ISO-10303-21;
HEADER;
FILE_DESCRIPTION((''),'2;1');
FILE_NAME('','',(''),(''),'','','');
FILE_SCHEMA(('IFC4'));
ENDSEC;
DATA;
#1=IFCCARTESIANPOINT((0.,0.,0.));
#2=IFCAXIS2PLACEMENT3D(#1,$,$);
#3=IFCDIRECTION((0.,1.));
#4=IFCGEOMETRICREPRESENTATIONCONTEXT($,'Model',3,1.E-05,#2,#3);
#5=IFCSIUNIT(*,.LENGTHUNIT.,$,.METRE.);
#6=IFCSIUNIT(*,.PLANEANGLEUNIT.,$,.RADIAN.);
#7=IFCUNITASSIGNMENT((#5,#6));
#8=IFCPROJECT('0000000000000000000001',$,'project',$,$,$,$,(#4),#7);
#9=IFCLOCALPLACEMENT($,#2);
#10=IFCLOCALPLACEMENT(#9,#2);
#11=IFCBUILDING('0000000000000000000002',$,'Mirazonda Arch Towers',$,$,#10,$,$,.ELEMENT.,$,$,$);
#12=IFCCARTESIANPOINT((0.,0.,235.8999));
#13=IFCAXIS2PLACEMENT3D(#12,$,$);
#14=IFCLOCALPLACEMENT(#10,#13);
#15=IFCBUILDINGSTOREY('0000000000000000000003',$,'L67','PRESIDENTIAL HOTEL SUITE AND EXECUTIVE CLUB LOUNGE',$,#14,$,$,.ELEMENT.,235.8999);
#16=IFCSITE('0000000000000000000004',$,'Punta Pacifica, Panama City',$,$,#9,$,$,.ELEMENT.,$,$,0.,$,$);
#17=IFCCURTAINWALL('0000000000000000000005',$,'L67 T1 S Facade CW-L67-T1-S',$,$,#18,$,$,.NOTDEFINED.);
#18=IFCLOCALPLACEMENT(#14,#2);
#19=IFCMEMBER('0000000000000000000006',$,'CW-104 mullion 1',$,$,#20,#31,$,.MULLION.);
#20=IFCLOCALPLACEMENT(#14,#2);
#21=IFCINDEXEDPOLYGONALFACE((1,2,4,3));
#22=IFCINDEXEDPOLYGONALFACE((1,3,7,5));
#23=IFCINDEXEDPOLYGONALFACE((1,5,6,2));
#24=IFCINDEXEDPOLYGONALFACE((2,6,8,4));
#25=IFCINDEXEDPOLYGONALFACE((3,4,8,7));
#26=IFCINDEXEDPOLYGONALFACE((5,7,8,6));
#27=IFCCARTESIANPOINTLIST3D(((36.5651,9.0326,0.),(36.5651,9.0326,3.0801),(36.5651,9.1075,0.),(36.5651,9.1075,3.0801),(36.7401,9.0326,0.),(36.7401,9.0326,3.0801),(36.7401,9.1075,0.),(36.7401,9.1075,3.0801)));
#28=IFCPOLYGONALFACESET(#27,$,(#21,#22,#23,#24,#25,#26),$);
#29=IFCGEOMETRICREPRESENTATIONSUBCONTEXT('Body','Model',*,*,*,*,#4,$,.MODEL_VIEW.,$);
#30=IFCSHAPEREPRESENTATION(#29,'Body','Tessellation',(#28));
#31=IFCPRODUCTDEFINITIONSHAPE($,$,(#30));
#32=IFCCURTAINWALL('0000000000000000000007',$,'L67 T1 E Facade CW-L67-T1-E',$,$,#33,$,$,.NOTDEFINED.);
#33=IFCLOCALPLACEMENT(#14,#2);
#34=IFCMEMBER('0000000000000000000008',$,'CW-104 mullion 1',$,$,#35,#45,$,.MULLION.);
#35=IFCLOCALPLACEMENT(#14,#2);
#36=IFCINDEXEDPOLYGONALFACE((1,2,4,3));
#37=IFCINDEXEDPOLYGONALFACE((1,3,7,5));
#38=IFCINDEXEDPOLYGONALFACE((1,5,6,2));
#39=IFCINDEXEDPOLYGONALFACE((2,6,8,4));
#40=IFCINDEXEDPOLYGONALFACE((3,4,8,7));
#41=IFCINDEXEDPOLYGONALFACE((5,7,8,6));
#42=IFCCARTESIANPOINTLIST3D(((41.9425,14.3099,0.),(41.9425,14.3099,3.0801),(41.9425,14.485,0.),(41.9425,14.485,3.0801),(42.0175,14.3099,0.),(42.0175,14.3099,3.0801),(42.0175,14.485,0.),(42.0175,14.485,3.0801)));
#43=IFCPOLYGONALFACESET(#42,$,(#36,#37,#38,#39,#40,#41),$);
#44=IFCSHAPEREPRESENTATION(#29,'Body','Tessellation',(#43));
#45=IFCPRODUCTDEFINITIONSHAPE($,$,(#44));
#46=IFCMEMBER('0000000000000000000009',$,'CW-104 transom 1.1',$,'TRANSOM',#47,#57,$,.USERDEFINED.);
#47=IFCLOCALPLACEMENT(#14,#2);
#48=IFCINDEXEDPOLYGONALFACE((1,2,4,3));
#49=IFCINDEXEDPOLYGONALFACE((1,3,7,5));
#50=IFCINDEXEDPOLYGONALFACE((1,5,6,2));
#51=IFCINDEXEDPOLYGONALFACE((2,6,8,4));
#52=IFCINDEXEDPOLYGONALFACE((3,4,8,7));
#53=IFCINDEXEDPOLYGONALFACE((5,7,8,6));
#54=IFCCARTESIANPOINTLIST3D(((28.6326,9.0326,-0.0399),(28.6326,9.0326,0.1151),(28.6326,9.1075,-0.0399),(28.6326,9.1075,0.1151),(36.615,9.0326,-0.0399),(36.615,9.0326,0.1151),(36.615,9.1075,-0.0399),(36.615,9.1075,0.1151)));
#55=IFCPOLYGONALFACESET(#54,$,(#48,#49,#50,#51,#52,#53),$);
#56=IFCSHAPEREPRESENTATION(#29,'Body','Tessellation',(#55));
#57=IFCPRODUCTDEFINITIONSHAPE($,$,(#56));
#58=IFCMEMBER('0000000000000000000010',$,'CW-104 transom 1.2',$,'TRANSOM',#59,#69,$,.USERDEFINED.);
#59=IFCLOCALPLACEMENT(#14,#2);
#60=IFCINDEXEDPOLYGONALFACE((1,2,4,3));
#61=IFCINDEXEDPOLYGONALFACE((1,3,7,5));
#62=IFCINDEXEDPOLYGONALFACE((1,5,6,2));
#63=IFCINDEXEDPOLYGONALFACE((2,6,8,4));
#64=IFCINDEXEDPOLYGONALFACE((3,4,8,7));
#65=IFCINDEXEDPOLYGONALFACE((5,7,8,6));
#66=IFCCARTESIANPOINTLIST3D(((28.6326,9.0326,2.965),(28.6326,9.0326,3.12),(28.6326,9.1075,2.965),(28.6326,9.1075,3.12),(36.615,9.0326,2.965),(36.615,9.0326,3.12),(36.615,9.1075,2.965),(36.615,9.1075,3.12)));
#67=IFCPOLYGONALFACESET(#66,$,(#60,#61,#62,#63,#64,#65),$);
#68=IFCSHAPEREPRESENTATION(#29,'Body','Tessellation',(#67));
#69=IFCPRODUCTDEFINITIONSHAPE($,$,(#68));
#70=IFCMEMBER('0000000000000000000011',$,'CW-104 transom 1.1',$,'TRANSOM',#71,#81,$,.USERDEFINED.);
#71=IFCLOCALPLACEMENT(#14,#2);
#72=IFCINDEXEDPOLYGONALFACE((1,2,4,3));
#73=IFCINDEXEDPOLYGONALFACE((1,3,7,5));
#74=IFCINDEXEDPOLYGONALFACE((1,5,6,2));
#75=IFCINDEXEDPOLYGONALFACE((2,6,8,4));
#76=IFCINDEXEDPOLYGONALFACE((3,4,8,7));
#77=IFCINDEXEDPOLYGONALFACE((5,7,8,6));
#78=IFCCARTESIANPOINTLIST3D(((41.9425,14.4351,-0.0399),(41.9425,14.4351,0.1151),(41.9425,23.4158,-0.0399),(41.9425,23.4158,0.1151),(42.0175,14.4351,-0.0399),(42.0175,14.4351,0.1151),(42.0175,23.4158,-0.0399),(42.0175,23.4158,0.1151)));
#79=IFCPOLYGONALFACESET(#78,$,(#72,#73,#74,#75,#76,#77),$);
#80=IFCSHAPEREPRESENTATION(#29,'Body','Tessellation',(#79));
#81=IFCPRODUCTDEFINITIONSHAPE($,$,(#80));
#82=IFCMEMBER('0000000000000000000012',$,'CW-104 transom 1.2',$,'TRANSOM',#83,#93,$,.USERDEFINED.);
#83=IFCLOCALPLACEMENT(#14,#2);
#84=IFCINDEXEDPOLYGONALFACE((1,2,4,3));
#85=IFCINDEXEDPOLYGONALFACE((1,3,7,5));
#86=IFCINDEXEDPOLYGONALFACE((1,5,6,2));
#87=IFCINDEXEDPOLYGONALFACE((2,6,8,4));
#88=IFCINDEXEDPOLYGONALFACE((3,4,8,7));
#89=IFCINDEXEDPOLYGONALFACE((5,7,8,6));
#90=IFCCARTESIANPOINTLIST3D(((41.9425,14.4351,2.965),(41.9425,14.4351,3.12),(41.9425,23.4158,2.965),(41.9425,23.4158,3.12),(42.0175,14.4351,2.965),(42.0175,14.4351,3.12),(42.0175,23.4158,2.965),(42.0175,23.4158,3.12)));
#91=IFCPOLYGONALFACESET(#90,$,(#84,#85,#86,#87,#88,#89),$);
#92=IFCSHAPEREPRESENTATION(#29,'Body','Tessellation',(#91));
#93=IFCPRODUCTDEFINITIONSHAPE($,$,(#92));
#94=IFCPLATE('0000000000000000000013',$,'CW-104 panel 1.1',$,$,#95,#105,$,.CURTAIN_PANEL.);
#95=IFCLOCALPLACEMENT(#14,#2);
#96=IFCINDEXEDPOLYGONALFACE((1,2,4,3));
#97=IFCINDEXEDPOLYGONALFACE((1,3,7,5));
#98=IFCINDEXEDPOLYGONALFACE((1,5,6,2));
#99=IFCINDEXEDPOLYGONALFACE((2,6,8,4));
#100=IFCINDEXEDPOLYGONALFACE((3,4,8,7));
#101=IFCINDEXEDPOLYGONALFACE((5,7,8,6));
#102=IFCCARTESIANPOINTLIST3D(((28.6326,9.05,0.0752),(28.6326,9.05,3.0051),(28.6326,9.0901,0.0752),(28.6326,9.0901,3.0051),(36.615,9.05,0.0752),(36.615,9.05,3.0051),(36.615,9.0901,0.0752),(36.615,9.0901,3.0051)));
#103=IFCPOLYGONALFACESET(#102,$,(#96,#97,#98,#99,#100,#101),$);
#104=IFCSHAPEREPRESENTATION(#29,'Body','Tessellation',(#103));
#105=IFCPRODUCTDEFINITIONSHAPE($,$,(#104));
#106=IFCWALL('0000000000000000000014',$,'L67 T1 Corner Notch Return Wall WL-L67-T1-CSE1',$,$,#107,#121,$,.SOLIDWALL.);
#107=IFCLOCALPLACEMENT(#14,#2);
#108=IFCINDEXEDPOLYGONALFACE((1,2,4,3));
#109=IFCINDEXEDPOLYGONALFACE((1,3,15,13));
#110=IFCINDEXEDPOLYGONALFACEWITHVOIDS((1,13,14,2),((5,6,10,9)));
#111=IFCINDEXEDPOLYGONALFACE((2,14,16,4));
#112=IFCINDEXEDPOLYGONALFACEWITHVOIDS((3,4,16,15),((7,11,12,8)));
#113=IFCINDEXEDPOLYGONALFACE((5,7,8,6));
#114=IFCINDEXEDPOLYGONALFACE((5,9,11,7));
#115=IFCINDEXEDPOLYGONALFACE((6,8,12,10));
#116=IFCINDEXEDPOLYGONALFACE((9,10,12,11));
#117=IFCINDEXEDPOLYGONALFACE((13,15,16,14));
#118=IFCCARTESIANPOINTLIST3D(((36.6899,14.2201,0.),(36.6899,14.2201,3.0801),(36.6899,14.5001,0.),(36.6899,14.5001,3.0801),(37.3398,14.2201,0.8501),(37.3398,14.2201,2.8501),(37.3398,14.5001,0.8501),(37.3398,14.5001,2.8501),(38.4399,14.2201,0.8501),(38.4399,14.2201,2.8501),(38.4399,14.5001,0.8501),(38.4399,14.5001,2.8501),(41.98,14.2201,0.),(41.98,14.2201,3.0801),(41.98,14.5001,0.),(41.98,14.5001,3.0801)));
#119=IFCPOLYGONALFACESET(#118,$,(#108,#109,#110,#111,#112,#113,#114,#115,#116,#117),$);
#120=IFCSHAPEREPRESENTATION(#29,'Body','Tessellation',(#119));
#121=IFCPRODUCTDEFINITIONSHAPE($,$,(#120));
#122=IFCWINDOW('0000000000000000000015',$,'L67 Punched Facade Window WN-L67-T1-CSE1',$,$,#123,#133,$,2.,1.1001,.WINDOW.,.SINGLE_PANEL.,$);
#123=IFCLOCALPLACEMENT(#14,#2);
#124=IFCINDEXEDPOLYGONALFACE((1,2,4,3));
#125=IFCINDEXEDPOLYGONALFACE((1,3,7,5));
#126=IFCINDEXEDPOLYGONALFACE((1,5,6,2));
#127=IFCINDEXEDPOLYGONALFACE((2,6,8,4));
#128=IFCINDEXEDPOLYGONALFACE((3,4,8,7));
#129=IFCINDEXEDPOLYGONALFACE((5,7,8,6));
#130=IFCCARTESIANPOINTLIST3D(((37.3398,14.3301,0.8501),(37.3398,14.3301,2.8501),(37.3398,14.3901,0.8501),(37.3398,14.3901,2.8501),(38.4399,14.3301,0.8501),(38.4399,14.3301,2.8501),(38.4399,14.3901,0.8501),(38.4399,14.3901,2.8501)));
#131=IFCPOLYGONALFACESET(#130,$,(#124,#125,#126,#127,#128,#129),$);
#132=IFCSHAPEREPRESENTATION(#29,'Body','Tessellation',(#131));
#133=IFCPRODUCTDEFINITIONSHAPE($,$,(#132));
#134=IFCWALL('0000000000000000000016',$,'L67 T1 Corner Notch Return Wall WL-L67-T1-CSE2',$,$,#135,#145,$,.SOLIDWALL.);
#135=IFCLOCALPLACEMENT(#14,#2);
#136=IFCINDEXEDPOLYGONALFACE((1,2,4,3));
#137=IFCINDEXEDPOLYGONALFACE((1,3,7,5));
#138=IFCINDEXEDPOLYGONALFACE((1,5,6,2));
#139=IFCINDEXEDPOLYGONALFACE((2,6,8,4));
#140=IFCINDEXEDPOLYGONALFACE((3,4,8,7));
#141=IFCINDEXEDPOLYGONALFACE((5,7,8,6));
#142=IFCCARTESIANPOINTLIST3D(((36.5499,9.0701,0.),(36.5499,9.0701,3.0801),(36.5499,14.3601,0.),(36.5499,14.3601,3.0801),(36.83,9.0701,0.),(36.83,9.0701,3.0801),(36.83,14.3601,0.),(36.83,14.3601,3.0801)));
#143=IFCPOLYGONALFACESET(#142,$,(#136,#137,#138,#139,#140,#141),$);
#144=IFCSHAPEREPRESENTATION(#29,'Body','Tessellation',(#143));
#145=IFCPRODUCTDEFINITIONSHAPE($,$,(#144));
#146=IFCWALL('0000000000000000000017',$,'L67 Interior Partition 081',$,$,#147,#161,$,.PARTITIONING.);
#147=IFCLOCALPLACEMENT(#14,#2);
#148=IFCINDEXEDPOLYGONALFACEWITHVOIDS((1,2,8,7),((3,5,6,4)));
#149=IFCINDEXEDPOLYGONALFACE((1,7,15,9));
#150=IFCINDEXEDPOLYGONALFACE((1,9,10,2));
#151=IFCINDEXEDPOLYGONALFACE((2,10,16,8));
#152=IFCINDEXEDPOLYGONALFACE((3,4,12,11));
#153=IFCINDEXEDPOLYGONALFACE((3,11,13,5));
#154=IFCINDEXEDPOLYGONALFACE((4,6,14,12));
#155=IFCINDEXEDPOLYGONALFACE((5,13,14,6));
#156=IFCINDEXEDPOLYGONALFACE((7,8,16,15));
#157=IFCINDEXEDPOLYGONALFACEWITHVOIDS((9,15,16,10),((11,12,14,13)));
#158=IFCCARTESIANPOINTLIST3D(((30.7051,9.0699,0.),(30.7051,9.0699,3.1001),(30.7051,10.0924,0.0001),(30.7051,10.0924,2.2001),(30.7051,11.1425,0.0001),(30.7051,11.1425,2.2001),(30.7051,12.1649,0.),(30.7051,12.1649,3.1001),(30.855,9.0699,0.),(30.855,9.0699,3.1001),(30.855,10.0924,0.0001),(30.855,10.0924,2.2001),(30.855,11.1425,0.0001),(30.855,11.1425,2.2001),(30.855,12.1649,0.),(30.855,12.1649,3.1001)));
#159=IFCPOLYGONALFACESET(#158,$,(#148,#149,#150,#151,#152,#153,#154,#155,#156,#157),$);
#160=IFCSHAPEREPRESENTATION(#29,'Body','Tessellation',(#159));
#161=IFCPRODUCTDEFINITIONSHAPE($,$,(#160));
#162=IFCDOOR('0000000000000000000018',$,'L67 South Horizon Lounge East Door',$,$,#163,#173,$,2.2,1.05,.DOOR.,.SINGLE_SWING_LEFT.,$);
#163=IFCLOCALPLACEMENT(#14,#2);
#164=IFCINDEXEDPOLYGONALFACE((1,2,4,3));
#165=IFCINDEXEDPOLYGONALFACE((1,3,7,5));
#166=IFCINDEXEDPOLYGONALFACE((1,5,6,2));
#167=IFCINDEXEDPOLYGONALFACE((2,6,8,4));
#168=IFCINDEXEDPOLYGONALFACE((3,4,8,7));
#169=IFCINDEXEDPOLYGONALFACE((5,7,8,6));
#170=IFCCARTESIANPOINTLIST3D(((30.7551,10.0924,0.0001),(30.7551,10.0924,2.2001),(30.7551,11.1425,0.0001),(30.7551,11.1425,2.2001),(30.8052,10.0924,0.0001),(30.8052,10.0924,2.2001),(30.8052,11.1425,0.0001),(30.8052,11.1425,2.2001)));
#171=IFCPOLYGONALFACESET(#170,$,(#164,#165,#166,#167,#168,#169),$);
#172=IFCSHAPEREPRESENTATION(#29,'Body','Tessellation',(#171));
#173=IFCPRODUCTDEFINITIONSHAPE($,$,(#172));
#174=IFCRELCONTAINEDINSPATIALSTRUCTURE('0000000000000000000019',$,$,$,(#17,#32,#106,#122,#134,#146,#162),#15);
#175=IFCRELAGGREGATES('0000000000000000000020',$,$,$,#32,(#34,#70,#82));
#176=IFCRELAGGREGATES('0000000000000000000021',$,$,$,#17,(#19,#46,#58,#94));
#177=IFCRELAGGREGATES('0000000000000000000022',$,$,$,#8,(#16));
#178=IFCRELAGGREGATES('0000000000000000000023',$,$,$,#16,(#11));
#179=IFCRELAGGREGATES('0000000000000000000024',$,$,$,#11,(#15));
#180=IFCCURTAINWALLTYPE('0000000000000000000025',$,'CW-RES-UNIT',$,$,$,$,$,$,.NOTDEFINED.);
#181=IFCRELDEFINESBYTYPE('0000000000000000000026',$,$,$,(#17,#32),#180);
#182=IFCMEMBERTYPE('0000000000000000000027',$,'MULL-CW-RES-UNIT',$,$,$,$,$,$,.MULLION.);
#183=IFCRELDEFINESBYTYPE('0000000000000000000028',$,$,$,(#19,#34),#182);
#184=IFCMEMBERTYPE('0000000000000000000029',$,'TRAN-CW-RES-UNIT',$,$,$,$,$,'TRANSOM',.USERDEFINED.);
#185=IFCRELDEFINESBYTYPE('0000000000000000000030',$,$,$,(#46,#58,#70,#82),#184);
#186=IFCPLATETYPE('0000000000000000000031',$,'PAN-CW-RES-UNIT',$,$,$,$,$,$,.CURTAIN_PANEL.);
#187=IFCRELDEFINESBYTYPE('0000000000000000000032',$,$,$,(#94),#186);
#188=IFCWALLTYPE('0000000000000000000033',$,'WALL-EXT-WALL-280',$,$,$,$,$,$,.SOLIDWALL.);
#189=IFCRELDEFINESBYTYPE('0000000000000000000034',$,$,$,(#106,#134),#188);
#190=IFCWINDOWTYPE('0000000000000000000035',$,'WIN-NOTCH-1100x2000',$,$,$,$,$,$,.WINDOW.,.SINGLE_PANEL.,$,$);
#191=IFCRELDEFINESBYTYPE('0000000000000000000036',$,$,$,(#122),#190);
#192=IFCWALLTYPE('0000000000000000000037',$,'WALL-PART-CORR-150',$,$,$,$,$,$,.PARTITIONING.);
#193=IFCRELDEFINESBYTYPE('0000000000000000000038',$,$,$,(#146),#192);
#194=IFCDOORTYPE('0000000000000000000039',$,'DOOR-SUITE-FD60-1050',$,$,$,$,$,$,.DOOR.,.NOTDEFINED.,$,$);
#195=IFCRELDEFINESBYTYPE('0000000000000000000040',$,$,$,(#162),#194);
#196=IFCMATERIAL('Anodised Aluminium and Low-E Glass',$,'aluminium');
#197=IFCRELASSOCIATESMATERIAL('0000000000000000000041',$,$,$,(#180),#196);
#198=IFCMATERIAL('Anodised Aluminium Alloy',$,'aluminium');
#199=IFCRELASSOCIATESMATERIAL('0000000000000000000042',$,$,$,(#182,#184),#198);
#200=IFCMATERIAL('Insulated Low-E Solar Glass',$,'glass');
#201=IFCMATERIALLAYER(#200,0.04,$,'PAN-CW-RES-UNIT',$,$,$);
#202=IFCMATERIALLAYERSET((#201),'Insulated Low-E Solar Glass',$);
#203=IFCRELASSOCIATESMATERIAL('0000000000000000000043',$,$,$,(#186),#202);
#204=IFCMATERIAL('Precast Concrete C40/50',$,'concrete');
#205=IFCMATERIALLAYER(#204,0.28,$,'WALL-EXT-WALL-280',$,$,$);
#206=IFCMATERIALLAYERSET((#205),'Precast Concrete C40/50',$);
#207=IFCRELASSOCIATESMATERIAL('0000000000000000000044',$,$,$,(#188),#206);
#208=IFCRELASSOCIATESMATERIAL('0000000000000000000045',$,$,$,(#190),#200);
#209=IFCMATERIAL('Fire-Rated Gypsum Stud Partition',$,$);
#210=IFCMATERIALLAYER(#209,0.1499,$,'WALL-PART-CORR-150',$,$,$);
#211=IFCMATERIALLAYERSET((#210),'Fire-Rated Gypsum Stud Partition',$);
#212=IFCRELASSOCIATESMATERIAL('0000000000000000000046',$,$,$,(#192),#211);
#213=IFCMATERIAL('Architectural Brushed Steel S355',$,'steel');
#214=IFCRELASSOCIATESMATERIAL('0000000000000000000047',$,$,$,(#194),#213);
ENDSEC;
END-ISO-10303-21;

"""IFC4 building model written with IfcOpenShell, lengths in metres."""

from ifc_helpers import new_model, si_unit, direction, frame, frame_2d, origin, origin_2d, place, context, subcontext, project, spatial, rectangle, extrude, material, layer, layer_set, material_profile, profile_set, type_object, element, fill, aggregate, save


model = new_model("IFC4")

# Units and contexts
model_context = context("Model", 3, precision=1e-05, world=origin(), true_north=direction((0.0, 1.0)))
body_context = subcontext(model_context, "Body", "Model", "MODEL_VIEW")
ifc_project = project(units=[si_unit("LENGTHUNIT", "METRE"), si_unit("PLANEANGLEUNIT", "RADIAN")], contexts=[model_context])

# Site, building, storey
site_placement = place(None, origin())
site = spatial("IfcSite", under=ifc_project, at=site_placement, Name="Punta Pacifica, Panama City", CompositionType="ELEMENT", RefElevation=0.0)
building_placement = place(site_placement, origin())
building = spatial("IfcBuilding", under=site, at=building_placement, Name="Mirazonda Arch Towers", CompositionType="ELEMENT")
storey_placement = place(building_placement, frame((0.0, 0.0, 235.8999)))
storey = spatial("IfcBuildingStorey", under=building, at=storey_placement, Name="L67", Description="PRESIDENTIAL HOTEL SUITE AND EXECUTIVE CLUB LOUNGE", CompositionType="ELEMENT", Elevation=235.8999)

# Curtain walls, members
ifc_material_1 = material(Name="Anodised Aluminium and Low-E Glass", Category="aluminium")
curtain_wall_type = type_object("IfcCurtainWallType", Name="CW-RES-UNIT", PredefinedType="NOTDEFINED", material=ifc_material_1)
curtain_wall_1_placement = place(storey_placement, origin())
curtain_wall_1 = element("IfcCurtainWall", 1, at=curtain_wall_1_placement, inside=storey, type_object=curtain_wall_type, Name="L67 T1 S Facade CW-L67-T1-S", PredefinedType="NOTDEFINED")
ifc_material_2 = material(Name="Anodised Aluminium Alloy", Category="aluminium")
ifc_material_profile_1 = material_profile(ifc_material_2, rectangle(XDim=0.075, YDim=0.175, at=origin_2d()), Name="ALU-MULL-75x175")
ifc_profile_set_1 = profile_set([ifc_material_profile_1], Name="Anodised Aluminium Alloy")
member_type_1 = type_object("IfcMemberType", Name="MULL-CW-RES-UNIT", PredefinedType="MULLION", material=ifc_profile_set_1)
member_1_placement = place(storey_placement, frame((36.6526, 9.0701, 0.0), z_axis=(0.0, 0.0, 1.0), x_axis=(0.0, -1.0, 0.0)))
member_1 = element("IfcMember", 2, at=member_1_placement, type_object=member_type_1, Name="CW-104 mullion 1", PredefinedType="MULLION", context=body_context, shape_type="SweptSolid", body=[
    extrude(rectangle(XDim=0.075, YDim=0.175, at=origin_2d()), origin(), (0.0, 0.0, 1.0), 3.0801),
])
curtain_wall_2_placement = place(storey_placement, origin())
curtain_wall_2 = element("IfcCurtainWall", 3, at=curtain_wall_2_placement, inside=storey, type_object=curtain_wall_type, Name="L67 T1 E Facade CW-L67-T1-E", PredefinedType="NOTDEFINED")
member_2_placement = place(storey_placement, frame((41.98, 14.3975, 0.0), z_axis=(0.0, 0.0, 1.0), x_axis=(-1.0, 0.0, 0.0)))
member_2 = element("IfcMember", 4, at=member_2_placement, type_object=member_type_1, Name="CW-104 mullion 1", PredefinedType="MULLION", context=body_context, shape_type="SweptSolid", body=[
    extrude(rectangle(XDim=0.075, YDim=0.175, at=origin_2d()), origin(), (0.0, 0.0, 1.0), 3.0801),
])

# Members
ifc_material_profile_2 = material_profile(ifc_material_2, rectangle(XDim=0.075, YDim=0.155, at=origin_2d()), Name="ALU-TRAN-75x155")
ifc_profile_set_2 = profile_set([ifc_material_profile_2], Name="Anodised Aluminium Alloy")
member_type_2 = type_object("IfcMemberType", Name="TRAN-CW-RES-UNIT", ElementType="TRANSOM", PredefinedType="USERDEFINED", material=ifc_profile_set_2)
member_3_placement = place(storey_placement, frame((36.615, 9.0701, 0.0376), z_axis=(-1.0, 0.0, 0.0), x_axis=(0.0, -1.0, 0.0)))
member_3 = element("IfcMember", 5, at=member_3_placement, type_object=member_type_2, Name="CW-104 transom 1.1", ObjectType="TRANSOM", PredefinedType="USERDEFINED", context=body_context, shape_type="SweptSolid", body=[
    extrude(rectangle(XDim=0.075, YDim=0.155, at=origin_2d()), origin(), (0.0, 0.0, 1.0), 7.9824),
])
member_4_placement = place(storey_placement, frame((36.615, 9.0701, 3.0425), z_axis=(-1.0, 0.0, 0.0), x_axis=(0.0, -1.0, 0.0)))
member_4 = element("IfcMember", 6, at=member_4_placement, type_object=member_type_2, Name="CW-104 transom 1.2", ObjectType="TRANSOM", PredefinedType="USERDEFINED", context=body_context, shape_type="SweptSolid", body=[
    extrude(rectangle(XDim=0.075, YDim=0.155, at=origin_2d()), origin(), (0.0, 0.0, 1.0), 7.9824),
])
member_5_placement = place(storey_placement, frame((41.98, 14.4351, 0.0376), z_axis=(0.0, 1.0, 0.0), x_axis=(-1.0, 0.0, 0.0)))
member_5 = element("IfcMember", 7, at=member_5_placement, type_object=member_type_2, Name="CW-104 transom 1.1", ObjectType="TRANSOM", PredefinedType="USERDEFINED", context=body_context, shape_type="SweptSolid", body=[
    extrude(rectangle(XDim=0.075, YDim=0.155, at=origin_2d()), origin(), (0.0, 0.0, 1.0), 8.9807),
])
member_6_placement = place(storey_placement, frame((41.98, 14.4351, 3.0425), z_axis=(0.0, 1.0, 0.0), x_axis=(-1.0, 0.0, 0.0)))
member_6 = element("IfcMember", 8, at=member_6_placement, type_object=member_type_2, Name="CW-104 transom 1.2", ObjectType="TRANSOM", PredefinedType="USERDEFINED", context=body_context, shape_type="SweptSolid", body=[
    extrude(rectangle(XDim=0.075, YDim=0.155, at=origin_2d()), origin(), (0.0, 0.0, 1.0), 8.9807),
])
aggregate(curtain_wall_2, [member_2, member_5, member_6])

# Plate
ifc_material_3 = material(Name="Insulated Low-E Solar Glass", Category="glass")
ifc_layer_1 = layer(ifc_material_3, 0.04, Name="PAN-CW-RES-UNIT")
ifc_layer_set_1 = layer_set([ifc_layer_1], Name="Insulated Low-E Solar Glass")
plate_type = type_object("IfcPlateType", Name="PAN-CW-RES-UNIT", PredefinedType="CURTAIN_PANEL", material=ifc_layer_set_1)
plate_placement = place(storey_placement, frame((32.6238, 9.0701, 0.0752), z_axis=(0.0, 0.0, 1.0), x_axis=(-1.0, 0.0, 0.0)))
plate = element("IfcPlate", 9, at=plate_placement, type_object=plate_type, Name="CW-104 panel 1.1", PredefinedType="CURTAIN_PANEL", context=body_context, shape_type="SweptSolid", body=[
    extrude(rectangle(XDim=7.9824, YDim=0.04, at=origin_2d()), origin(), (0.0, 0.0, 1.0), 2.9299),
])
aggregate(curtain_wall_1, [member_1, member_3, member_4, plate])

# Wall, opening, window
ifc_material_4 = material(Name="Precast Concrete C40/50", Category="concrete")
ifc_layer_2 = layer(ifc_material_4, 0.28, Name="WALL-EXT-WALL-280")
ifc_layer_set_2 = layer_set([ifc_layer_2], Name="Precast Concrete C40/50")
wall_type_1 = type_object("IfcWallType", Name="WALL-EXT-WALL-280", PredefinedType="SOLIDWALL", material=ifc_layer_set_2)
wall_1_placement = place(storey_placement, frame((36.6899, 14.3601, 0.0), z_axis=(0.0, 0.0, 1.0), x_axis=(1.0, 0.0, 0.0)))
wall_1 = element("IfcWall", 10, at=wall_1_placement, inside=storey, type_object=wall_type_1, Name="L67 T1 Corner Notch Return Wall WL-L67-T1-CSE1", PredefinedType="SOLIDWALL", context=body_context, shape_type="SweptSolid", body=[
    extrude(rectangle(XDim=5.29, YDim=0.28, at=frame_2d((2.645, 0.0))), origin(), (0.0, 0.0, 1.0), 3.0801),
])
opening_1_placement = place(wall_1_placement, frame((0.6499, 0.0, 0.8501)))
opening_1 = element("IfcOpeningElement", 11, at=opening_1_placement, cuts=wall_1, PredefinedType="OPENING", context=body_context, shape_type="SweptSolid", body=[
    extrude(rectangle(XDim=1.1001, YDim=2.0, at=frame_2d((0.55, 1.0))), frame((0.0, 0.1499, 0.0), z_axis=(0.0, -1.0, 0.0), x_axis=(1.0, 0.0, 0.0)), (0.0, 0.0, 1.0), 0.3),
])
window_type = type_object("IfcWindowType", Name="WIN-NOTCH-1100x2000", PartitioningType="SINGLE_PANEL", PredefinedType="WINDOW", material=ifc_material_3)
window_placement = place(opening_1_placement, origin())
window = element("IfcWindow", 12, at=window_placement, inside=storey, type_object=window_type, Name="L67 Punched Facade Window WN-L67-T1-CSE1", OverallHeight=2.0, OverallWidth=1.1001, PartitioningType="SINGLE_PANEL", PredefinedType="WINDOW", context=body_context, shape_type="SweptSolid", body=[
    extrude(rectangle(XDim=1.1001, YDim=2.0, at=frame_2d((0.55, 1.0))), frame((0.0, 0.03, 0.0), z_axis=(0.0, -1.0, 0.0), x_axis=(1.0, 0.0, 0.0)), (0.0, 0.0, 1.0), 0.0601),
])
fill(opening_1, window)

# Wall
wall_2_placement = place(storey_placement, frame((36.6899, 9.0701, 0.0), z_axis=(0.0, 0.0, 1.0), x_axis=(0.0, 1.0, 0.0)))
element("IfcWall", 13, at=wall_2_placement, inside=storey, type_object=wall_type_1, Name="L67 T1 Corner Notch Return Wall WL-L67-T1-CSE2", PredefinedType="SOLIDWALL", context=body_context, shape_type="SweptSolid", body=[
    extrude(rectangle(XDim=5.29, YDim=0.28, at=frame_2d((2.645, 0.0))), origin(), (0.0, 0.0, 1.0), 3.0801),
])

# Wall, opening, door
ifc_material_5 = material(Name="Fire-Rated Gypsum Stud Partition")
ifc_layer_3 = layer(ifc_material_5, 0.1499, Name="WALL-PART-CORR-150")
ifc_layer_set_3 = layer_set([ifc_layer_3], Name="Fire-Rated Gypsum Stud Partition")
wall_type_2 = type_object("IfcWallType", Name="WALL-PART-CORR-150", PredefinedType="PARTITIONING", material=ifc_layer_set_3)
wall_3_placement = place(storey_placement, frame((30.78, 9.0701, 0.0), z_axis=(0.0, 0.0, 1.0), x_axis=(0.0, 1.0, 0.0)))
wall_3 = element("IfcWall", 14, at=wall_3_placement, inside=storey, type_object=wall_type_2, Name="L67 Interior Partition 081", PredefinedType="PARTITIONING", context=body_context, shape_type="SweptSolid", body=[
    extrude(rectangle(XDim=3.095, YDim=0.1499, at=frame_2d((1.5474, 0.0))), origin(), (0.0, 0.0, 1.0), 3.1001),
])
opening_2_placement = place(wall_3_placement, frame((1.0225, 0.0, 0.0)))
opening_2 = element("IfcOpeningElement", 15, at=opening_2_placement, cuts=wall_3, PredefinedType="OPENING", context=body_context, shape_type="SweptSolid", body=[
    extrude(rectangle(XDim=1.05, YDim=2.2, at=frame_2d((0.5249, 1.1001))), frame((0.0, 0.085, 0.0), z_axis=(0.0, -1.0, 0.0), x_axis=(1.0, 0.0, 0.0)), (0.0, 0.0, 1.0), 0.1699),
])
ifc_material_6 = material(Name="Architectural Brushed Steel S355", Category="steel")
door_type_1 = type_object("IfcDoorType", Name="DOOR-SUITE-FD60-1050", OperationType="NOTDEFINED", PredefinedType="DOOR", material=ifc_material_6)
door_1_placement = place(opening_2_placement, origin())
door_1 = element("IfcDoor", 16, at=door_1_placement, inside=storey, type_object=door_type_1, Name="L67 South Horizon Lounge East Door", OperationType="SINGLE_SWING_LEFT", OverallHeight=2.2, OverallWidth=1.05, PredefinedType="DOOR", context=body_context, shape_type="SweptSolid", body=[
    extrude(rectangle(XDim=1.05, YDim=2.2, at=frame_2d((0.5249, 1.1001))), frame((0.0, 0.0249, 0.0), z_axis=(0.0, -1.0, 0.0), x_axis=(1.0, 0.0, 0.0)), (0.0, 0.0, 1.0), 0.05),
])
fill(opening_2, door_1)

save(model, "model.ifc")
